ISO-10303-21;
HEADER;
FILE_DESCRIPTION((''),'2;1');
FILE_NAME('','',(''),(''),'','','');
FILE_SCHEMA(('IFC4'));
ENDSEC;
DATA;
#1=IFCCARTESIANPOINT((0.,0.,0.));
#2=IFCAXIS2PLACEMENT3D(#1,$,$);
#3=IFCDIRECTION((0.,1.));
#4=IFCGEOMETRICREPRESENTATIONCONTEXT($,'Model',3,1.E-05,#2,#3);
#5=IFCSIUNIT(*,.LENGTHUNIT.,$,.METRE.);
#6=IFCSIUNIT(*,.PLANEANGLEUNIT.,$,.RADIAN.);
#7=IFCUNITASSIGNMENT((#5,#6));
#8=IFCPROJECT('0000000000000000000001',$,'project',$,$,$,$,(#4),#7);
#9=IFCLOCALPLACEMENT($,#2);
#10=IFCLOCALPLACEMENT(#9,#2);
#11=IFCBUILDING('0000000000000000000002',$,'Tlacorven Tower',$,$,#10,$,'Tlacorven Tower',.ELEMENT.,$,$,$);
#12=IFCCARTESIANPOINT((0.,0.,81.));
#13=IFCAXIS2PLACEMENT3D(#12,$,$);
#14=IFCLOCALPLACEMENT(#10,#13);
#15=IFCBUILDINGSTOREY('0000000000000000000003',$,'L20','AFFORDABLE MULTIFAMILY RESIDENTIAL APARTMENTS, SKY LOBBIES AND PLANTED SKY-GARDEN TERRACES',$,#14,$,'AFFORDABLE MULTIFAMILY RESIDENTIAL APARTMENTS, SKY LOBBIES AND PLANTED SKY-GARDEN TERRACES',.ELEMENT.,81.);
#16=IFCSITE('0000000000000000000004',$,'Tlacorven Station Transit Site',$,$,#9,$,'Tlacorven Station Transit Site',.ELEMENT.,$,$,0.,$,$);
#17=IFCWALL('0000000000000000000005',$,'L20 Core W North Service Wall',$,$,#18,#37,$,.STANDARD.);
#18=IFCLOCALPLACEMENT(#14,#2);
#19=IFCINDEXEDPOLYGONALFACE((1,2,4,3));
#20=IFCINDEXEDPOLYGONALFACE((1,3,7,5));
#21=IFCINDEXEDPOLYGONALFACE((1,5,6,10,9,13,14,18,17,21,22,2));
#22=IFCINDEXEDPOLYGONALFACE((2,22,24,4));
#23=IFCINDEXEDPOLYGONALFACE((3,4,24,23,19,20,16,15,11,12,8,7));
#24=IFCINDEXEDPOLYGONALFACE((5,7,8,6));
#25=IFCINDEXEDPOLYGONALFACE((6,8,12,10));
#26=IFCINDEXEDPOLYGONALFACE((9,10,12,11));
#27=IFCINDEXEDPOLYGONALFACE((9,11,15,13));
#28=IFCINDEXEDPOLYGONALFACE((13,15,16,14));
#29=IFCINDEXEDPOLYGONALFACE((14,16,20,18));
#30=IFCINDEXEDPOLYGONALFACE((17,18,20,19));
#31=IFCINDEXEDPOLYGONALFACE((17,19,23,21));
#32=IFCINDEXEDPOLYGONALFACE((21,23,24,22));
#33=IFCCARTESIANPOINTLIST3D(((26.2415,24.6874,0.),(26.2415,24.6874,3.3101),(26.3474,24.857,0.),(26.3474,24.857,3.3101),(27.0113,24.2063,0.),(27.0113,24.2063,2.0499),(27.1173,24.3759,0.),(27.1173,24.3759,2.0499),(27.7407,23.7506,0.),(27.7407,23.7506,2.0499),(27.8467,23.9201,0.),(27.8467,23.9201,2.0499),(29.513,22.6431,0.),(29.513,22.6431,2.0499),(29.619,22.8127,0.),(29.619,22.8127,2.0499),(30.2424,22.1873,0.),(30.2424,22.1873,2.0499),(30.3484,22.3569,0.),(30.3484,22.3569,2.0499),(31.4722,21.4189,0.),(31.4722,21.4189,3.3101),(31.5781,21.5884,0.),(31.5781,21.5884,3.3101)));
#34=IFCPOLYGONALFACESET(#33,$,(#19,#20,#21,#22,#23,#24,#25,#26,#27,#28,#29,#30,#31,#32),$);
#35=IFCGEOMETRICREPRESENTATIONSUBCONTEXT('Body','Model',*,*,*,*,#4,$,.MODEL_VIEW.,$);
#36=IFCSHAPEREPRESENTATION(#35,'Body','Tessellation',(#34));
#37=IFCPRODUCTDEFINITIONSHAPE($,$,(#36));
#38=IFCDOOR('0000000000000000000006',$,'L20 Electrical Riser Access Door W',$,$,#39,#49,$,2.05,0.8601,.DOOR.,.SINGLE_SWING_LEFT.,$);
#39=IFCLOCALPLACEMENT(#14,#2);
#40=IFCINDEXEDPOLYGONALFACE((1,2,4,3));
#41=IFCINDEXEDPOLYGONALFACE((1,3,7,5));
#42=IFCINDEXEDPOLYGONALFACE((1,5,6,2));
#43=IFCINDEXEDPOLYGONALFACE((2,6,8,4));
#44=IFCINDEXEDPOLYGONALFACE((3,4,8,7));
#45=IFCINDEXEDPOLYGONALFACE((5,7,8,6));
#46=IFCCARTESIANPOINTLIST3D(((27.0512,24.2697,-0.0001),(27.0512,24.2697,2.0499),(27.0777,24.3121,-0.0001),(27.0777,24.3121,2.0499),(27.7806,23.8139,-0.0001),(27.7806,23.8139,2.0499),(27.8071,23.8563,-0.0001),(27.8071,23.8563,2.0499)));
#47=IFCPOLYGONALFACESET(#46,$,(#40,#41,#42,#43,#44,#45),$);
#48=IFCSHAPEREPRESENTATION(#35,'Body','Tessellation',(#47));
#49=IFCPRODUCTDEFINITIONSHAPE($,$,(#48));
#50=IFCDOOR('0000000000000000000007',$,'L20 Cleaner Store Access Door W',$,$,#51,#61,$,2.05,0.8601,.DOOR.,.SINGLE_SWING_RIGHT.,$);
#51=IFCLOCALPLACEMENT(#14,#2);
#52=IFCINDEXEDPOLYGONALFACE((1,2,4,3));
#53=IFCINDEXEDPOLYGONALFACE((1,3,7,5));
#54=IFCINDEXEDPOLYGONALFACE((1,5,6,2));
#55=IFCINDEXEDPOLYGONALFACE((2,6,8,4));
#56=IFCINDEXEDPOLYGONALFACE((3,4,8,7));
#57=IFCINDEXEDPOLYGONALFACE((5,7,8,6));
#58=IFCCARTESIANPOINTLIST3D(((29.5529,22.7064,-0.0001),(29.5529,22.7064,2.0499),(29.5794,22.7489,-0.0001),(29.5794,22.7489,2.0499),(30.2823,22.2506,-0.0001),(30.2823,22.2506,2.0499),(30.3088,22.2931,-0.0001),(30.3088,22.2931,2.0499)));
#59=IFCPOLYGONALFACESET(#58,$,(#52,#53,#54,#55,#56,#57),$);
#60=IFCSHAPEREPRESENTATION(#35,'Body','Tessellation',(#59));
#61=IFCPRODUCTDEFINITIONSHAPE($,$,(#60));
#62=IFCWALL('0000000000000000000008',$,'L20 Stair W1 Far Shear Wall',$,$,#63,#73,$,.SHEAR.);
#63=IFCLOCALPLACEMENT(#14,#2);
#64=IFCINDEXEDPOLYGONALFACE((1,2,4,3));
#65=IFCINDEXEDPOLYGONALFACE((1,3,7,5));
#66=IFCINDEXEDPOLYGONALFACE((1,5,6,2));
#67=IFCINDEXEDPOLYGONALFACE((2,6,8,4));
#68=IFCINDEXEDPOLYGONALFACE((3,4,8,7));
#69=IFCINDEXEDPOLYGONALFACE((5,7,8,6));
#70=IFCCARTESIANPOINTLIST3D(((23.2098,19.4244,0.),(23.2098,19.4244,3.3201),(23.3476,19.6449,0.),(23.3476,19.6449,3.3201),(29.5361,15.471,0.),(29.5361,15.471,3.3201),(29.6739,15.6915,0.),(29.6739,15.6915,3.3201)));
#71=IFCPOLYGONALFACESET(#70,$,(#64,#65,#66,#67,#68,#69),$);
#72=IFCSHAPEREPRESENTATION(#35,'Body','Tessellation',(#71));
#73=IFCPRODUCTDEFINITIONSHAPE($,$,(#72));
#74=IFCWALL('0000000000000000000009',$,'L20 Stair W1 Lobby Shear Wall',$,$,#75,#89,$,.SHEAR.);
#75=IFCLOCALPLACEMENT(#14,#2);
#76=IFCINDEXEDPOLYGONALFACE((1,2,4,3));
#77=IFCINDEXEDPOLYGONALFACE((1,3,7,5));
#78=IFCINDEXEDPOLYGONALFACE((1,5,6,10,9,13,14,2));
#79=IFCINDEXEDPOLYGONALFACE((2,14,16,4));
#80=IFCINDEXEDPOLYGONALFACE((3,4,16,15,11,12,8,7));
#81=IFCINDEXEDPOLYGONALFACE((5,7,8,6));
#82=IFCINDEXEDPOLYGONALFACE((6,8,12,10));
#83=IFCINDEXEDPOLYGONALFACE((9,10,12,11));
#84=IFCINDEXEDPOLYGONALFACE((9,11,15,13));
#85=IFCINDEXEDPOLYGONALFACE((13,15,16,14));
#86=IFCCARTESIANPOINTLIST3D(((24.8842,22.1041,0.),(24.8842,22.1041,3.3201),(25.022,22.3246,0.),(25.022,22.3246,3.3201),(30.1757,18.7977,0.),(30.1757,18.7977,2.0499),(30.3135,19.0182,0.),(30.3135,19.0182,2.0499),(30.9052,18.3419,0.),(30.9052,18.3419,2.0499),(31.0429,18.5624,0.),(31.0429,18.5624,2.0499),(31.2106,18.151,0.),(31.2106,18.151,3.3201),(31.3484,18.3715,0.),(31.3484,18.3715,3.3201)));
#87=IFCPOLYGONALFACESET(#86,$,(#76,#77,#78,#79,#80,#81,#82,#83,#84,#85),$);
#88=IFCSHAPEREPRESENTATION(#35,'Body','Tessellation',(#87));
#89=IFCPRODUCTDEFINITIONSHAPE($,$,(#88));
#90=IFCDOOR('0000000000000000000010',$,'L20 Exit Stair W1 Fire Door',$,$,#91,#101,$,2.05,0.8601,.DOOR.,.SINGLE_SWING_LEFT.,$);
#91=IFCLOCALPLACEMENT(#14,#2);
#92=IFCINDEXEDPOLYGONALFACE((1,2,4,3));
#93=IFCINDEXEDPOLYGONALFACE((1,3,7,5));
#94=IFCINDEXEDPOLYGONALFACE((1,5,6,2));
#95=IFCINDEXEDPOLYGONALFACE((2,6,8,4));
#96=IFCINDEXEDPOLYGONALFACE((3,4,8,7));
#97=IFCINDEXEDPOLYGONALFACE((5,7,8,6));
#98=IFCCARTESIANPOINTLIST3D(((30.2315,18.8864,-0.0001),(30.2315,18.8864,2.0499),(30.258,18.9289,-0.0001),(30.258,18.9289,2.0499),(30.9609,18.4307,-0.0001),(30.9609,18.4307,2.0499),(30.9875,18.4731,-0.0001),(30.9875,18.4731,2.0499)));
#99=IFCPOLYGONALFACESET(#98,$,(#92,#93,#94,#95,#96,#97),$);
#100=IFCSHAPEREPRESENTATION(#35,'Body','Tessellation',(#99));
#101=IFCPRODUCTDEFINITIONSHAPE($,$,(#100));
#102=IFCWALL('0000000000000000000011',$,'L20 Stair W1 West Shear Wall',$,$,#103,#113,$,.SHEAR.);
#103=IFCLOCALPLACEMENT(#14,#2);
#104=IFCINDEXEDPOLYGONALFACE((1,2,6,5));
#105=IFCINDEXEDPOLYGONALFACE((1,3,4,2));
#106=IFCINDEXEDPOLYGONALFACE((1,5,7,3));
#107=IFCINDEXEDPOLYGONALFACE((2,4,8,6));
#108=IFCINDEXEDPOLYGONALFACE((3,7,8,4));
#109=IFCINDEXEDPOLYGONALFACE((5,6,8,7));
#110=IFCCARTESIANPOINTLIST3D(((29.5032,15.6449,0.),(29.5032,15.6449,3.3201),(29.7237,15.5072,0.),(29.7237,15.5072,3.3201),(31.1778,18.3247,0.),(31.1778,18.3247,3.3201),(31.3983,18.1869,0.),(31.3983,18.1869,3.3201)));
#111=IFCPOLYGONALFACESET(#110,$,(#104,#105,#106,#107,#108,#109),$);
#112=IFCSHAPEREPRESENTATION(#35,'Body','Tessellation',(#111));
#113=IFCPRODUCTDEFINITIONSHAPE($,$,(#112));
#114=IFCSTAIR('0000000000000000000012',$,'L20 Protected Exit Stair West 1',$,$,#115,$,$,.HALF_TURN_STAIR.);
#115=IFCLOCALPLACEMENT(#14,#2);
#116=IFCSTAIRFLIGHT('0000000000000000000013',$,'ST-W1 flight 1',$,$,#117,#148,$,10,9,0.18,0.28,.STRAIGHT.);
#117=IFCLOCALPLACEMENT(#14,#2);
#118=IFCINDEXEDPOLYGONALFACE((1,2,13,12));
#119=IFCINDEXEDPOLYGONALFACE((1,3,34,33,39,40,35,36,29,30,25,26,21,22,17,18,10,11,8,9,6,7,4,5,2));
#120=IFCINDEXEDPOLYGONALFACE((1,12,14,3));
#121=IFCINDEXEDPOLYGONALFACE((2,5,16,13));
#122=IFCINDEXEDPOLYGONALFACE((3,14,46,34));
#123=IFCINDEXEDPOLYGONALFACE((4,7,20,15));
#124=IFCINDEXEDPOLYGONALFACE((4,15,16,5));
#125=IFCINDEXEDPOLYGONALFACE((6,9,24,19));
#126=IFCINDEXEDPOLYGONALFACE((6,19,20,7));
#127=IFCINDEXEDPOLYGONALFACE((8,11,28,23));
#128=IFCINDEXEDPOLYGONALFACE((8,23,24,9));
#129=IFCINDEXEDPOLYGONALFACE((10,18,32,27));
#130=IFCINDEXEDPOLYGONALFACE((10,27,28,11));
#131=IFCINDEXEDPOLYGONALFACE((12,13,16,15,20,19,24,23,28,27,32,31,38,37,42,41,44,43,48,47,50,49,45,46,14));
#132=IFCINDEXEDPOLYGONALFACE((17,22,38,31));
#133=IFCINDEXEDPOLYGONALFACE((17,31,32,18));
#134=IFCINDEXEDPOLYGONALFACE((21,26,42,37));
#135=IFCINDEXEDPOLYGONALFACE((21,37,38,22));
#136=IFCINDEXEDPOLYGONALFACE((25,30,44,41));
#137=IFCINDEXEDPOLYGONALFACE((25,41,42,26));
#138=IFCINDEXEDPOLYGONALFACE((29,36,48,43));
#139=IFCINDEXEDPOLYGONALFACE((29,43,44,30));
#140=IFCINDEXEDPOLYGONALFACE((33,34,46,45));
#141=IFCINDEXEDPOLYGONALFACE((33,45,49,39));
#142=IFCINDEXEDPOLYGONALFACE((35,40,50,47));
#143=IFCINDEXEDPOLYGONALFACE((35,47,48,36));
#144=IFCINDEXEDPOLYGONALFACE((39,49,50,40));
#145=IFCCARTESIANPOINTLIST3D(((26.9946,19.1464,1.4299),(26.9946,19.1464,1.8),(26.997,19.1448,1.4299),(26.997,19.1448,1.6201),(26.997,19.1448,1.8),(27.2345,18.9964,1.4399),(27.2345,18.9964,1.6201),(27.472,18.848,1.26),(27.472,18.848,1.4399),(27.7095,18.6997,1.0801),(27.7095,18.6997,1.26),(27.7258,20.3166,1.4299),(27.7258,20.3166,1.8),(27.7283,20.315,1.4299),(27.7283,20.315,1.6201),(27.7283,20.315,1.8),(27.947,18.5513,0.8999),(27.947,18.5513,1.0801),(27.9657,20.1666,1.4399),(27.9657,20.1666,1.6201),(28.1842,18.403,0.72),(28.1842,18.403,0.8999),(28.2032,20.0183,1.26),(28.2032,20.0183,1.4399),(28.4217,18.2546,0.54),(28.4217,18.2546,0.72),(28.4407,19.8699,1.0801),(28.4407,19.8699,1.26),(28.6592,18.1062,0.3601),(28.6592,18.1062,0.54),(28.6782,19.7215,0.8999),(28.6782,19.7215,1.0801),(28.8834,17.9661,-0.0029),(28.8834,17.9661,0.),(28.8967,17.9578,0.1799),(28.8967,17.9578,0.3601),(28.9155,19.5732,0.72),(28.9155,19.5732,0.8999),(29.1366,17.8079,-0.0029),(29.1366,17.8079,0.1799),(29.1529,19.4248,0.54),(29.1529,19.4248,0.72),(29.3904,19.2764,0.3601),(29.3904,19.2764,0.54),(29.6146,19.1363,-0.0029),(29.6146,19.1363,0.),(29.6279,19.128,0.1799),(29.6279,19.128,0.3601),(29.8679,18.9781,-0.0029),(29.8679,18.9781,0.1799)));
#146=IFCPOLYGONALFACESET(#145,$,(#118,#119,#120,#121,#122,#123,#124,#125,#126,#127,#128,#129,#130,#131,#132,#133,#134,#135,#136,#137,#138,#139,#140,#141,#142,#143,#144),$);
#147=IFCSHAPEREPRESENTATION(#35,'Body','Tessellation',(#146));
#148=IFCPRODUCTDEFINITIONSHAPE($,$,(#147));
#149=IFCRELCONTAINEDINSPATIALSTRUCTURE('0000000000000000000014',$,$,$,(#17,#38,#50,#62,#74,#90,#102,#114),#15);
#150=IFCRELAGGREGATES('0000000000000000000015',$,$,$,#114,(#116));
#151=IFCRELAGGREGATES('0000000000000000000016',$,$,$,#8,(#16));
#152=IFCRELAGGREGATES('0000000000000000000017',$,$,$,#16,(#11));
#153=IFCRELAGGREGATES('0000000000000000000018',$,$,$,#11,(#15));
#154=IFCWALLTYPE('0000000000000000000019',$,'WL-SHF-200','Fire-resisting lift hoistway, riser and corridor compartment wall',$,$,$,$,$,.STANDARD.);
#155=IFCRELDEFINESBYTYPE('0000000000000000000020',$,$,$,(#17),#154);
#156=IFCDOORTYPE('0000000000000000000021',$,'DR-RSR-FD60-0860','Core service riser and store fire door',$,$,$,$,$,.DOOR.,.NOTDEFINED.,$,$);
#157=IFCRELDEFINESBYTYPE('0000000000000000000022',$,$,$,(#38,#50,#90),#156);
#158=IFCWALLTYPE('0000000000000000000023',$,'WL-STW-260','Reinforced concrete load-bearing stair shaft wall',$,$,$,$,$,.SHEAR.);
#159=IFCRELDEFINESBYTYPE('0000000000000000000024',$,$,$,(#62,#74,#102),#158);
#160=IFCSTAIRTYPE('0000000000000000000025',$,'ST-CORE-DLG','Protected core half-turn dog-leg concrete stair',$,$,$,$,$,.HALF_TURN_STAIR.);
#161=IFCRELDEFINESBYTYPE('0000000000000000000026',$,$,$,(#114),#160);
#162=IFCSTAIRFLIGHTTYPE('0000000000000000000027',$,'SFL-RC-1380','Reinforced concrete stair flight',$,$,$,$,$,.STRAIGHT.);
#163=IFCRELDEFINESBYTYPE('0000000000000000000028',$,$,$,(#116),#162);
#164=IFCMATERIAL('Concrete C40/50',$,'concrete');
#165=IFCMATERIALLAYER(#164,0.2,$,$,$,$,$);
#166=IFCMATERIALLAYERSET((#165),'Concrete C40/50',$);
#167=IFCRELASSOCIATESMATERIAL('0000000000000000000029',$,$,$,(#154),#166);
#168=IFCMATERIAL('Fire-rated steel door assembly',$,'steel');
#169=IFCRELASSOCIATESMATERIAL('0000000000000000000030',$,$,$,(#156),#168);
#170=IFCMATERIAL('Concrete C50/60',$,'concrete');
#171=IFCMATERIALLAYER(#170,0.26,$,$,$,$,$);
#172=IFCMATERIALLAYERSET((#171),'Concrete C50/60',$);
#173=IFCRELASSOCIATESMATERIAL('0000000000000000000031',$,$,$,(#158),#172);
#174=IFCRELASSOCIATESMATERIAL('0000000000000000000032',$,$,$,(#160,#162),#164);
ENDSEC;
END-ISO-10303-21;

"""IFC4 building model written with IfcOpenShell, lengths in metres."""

from ifc_helpers import new_model, si_unit, direction, frame, frame_2d, origin, place, context, subcontext, project, spatial, polyline, rectangle, outline, extrude, source, transform, mapped, material, layer, layer_set, type_object, element, fill, aggregate, save


model = new_model("IFC4")

# Units and contexts
model_context = context("Model", 3, precision=1e-05, world=origin(), true_north=direction((0.0, 1.0)))
body_context = subcontext(model_context, "Body", "Model", "MODEL_VIEW")
ifc_project = project(units=[si_unit("LENGTHUNIT", "METRE"), si_unit("PLANEANGLEUNIT", "RADIAN")], contexts=[model_context])

# Site, building, storey
site_placement = place(None, origin())
site = spatial("IfcSite", under=ifc_project, at=site_placement, Name="Tlacorven Station Transit Site", LongName="Tlacorven Station Transit Site", CompositionType="ELEMENT", RefElevation=0.0)
building_placement = place(site_placement, origin())
building = spatial("IfcBuilding", under=site, at=building_placement, Name="Tlacorven Tower", LongName="Tlacorven Tower", CompositionType="ELEMENT")
storey_placement = place(building_placement, frame((0.0, 0.0, 81.0)))
storey = spatial("IfcBuildingStorey", under=building, at=storey_placement, Name="L20", Description="AFFORDABLE MULTIFAMILY RESIDENTIAL APARTMENTS, SKY LOBBIES AND PLANTED SKY-GARDEN TERRACES", LongName="AFFORDABLE MULTIFAMILY RESIDENTIAL APARTMENTS, SKY LOBBIES AND PLANTED SKY-GARDEN TERRACES", CompositionType="ELEMENT", Elevation=81.0)

# Shared definitions
ifc_material_1 = material(Name="Concrete C40/50", Category="concrete")
ifc_layer_1 = layer(ifc_material_1, 0.2)
ifc_layer_set_1 = layer_set([ifc_layer_1], Name="Concrete C40/50")
wall_type_1 = type_object("IfcWallType", Name="WL-SHF-200", Description="Fire-resisting lift hoistway, riser and corridor compartment wall", PredefinedType="STANDARD", material=ifc_layer_set_1)

# Wall, openings, doors
wall_1_placement = place(storey_placement, frame((31.5251, 21.5037, 0.0), z_axis=(0.0, 0.0, 1.0), x_axis=(-0.848045, 0.529924, 0.0)))
wall_1 = element("IfcWall", 1, at=wall_1_placement, inside=storey, type_object=wall_type_1, Name="L20 Core W North Service Wall", PredefinedType="STANDARD", context=body_context, shape_type="SweptSolid", body=[
    extrude(rectangle(XDim=6.168, YDim=0.2, at=frame_2d((3.084, 0.0))), origin(), (0.0, 0.0, 1.0), 3.3101),
])
opening_1_placement = place(wall_1_placement, frame((4.3999, 0.0, 0.0)))
opening_1 = element("IfcOpeningElement", 2, at=opening_1_placement, cuts=wall_1, PredefinedType="OPENING", context=body_context, shape_type="SweptSolid", body=[
    extrude(rectangle(XDim=0.8601, YDim=2.05, at=frame_2d((0.4302, 1.0249))), frame((0.0, 0.1099, 0.0), z_axis=(0.0, -1.0, 0.0), x_axis=(1.0, 0.0, 0.0)), (0.0, 0.0, 1.0), 0.22),
])
opening_2_placement = place(wall_1_placement, frame((1.45, 0.0, 0.0)))
opening_2 = element("IfcOpeningElement", 3, at=opening_2_placement, cuts=wall_1, PredefinedType="OPENING", context=body_context, shape_type="SweptSolid", body=[
    extrude(rectangle(XDim=0.8601, YDim=2.05, at=frame_2d((0.4302, 1.0249))), frame((0.0, 0.1099, 0.0), z_axis=(0.0, -1.0, 0.0), x_axis=(1.0, 0.0, 0.0)), (0.0, 0.0, 1.0), 0.22),
])
ifc_material_2 = material(Name="Fire-rated steel door assembly", Category="steel")
door_type_1 = type_object("IfcDoorType", Name="DR-RSR-FD60-0860", Description="Core service riser and store fire door", OperationType="NOTDEFINED", PredefinedType="DOOR", material=ifc_material_2)
shared_shape_1 = source(origin(), body_context, "Body", "SweptSolid", [
    extrude(rectangle(XDim=0.8601, YDim=2.05, at=frame_2d((0.4302, 1.0249))), frame((0.0, 0.0249, 0.0), z_axis=(0.0, -1.0, 0.0), x_axis=(1.0, 0.0, 0.0)), (0.0, 0.0, 1.0), 0.05),
])
door_1_placement = place(opening_1_placement, frame((0.8601, 0.0, 0.0), z_axis=(0.0, 0.0, 1.0), x_axis=(-1.0, 0.0, 0.0)))
door_1 = element("IfcDoor", 4, at=door_1_placement, inside=storey, type_object=door_type_1, Name="L20 Electrical Riser Access Door W", OperationType="SINGLE_SWING_LEFT", OverallHeight=2.05, OverallWidth=0.8601, PredefinedType="DOOR", context=body_context, shape_type="MappedRepresentation", body=[
    mapped(shared_shape_1, transform((0.0, 0.0, 0.0), scale=1.0)),
])
fill(opening_1, door_1)
door_2_placement = place(opening_2_placement, frame((0.8601, 0.0, 0.0), z_axis=(0.0, 0.0, 1.0), x_axis=(-1.0, 0.0, 0.0)))
door_2 = element("IfcDoor", 5, at=door_2_placement, inside=storey, type_object=door_type_1, Name="L20 Cleaner Store Access Door W", OperationType="SINGLE_SWING_RIGHT", OverallHeight=2.05, OverallWidth=0.8601, PredefinedType="DOOR", context=body_context, shape_type="MappedRepresentation", body=[
    mapped(shared_shape_1, transform((0.0, 0.0, 0.0), scale=1.0)),
])
fill(opening_2, door_2)

# Wall
ifc_material_3 = material(Name="Concrete C50/60", Category="concrete")
ifc_layer_2 = layer(ifc_material_3, 0.26)
ifc_layer_set_2 = layer_set([ifc_layer_2], Name="Concrete C50/60")
wall_type_2 = type_object("IfcWallType", Name="WL-STW-260", Description="Reinforced concrete load-bearing stair shaft wall", PredefinedType="SHEAR", material=ifc_layer_set_2)
wall_2_placement = place(storey_placement, frame((29.605, 15.5813, 0.0), z_axis=(0.0, 0.0, 1.0), x_axis=(-0.848037, 0.529937, 0.0)))
element("IfcWall", 6, at=wall_2_placement, inside=storey, type_object=wall_type_2, Name="L20 Stair W1 Far Shear Wall", PredefinedType="SHEAR", context=body_context, shape_type="SweptSolid", body=[
    extrude(rectangle(XDim=7.46, YDim=0.26, at=frame_2d((3.73, 0.0))), origin(), (0.0, 0.0, 1.0), 3.3201),
])

# Wall, opening, door
wall_3_placement = place(storey_placement, frame((31.2795, 18.2612, 0.0), z_axis=(0.0, 0.0, 1.0), x_axis=(-0.848052, 0.529914, 0.0)))
wall_3 = element("IfcWall", 7, at=wall_3_placement, inside=storey, type_object=wall_type_2, Name="L20 Stair W1 Lobby Shear Wall", PredefinedType="SHEAR", context=body_context, shape_type="SweptSolid", body=[
    extrude(rectangle(XDim=7.46, YDim=0.26, at=frame_2d((3.73, 0.0))), origin(), (0.0, 0.0, 1.0), 3.3201),
])
opening_3_placement = place(wall_3_placement, frame((0.3601, 0.0, 0.0)))
opening_3 = element("IfcOpeningElement", 8, at=opening_3_placement, cuts=wall_3, PredefinedType="OPENING", context=body_context, shape_type="SweptSolid", body=[
    extrude(rectangle(XDim=0.8601, YDim=2.05, at=frame_2d((0.4302, 1.0249))), frame((0.0, 0.1401, 0.0), z_axis=(0.0, -1.0, 0.0), x_axis=(1.0, 0.0, 0.0)), (0.0, 0.0, 1.0), 0.28),
])
door_3_placement = place(opening_3_placement, frame((0.8601, 0.0, 0.0), z_axis=(0.0, 0.0, 1.0), x_axis=(-1.0, 0.0, 0.0)))
door_3 = element("IfcDoor", 9, at=door_3_placement, inside=storey, type_object=door_type_1, Name="L20 Exit Stair W1 Fire Door", OperationType="SINGLE_SWING_LEFT", OverallHeight=2.05, OverallWidth=0.8601, PredefinedType="DOOR", context=body_context, shape_type="MappedRepresentation", body=[
    mapped(shared_shape_1, transform((0.0, 0.0, 0.0), scale=1.0)),
])
fill(opening_3, door_3)

# Wall
wall_4_placement = place(storey_placement, frame((31.2881, 18.2559, 0.0), z_axis=(0.0, 0.0, 1.0), x_axis=(-0.529943, -0.848033, 0.0)))
element("IfcWall", 10, at=wall_4_placement, inside=storey, type_object=wall_type_2, Name="L20 Stair W1 West Shear Wall", PredefinedType="SHEAR", context=body_context, shape_type="SweptSolid", body=[
    extrude(rectangle(XDim=3.1599, YDim=0.26, at=frame_2d((1.5801, 0.0))), origin(), (0.0, 0.0, 1.0), 3.3201),
])

# Stair, stair flight
stair_type = type_object("IfcStairType", Name="ST-CORE-DLG", Description="Protected core half-turn dog-leg concrete stair", PredefinedType="HALF_TURN_STAIR", material=ifc_material_1)
stair_placement = place(storey_placement, origin())
stair = element("IfcStair", 11, at=stair_placement, inside=storey, type_object=stair_type, Name="L20 Protected Exit Stair West 1", PredefinedType="HALF_TURN_STAIR")
stair_flight_type = type_object("IfcStairFlightType", Name="SFL-RC-1380", Description="Reinforced concrete stair flight", PredefinedType="STRAIGHT", material=ifc_material_1)
shared_shape_2 = source(origin(), body_context, "Body", "SweptSolid", [
    extrude(outline(polyline([(-0.0029, -0.0029), (-0.0029, 0.1799), (0.28, 0.1799), (0.28, 0.3601), (0.5601, 0.3601), (0.5601, 0.54), (0.8401, 0.54), (0.8401, 0.72), (1.1201, 0.72), (1.1201, 0.8999), (1.3999, 0.8999), (1.3999, 1.0801), (1.6799, 1.0801), (1.6799, 1.26), (1.96, 1.26), (1.96, 1.4399), (2.24, 1.4399), (2.24, 1.6201), (2.52, 1.6201), (2.52, 1.8), (2.5229, 1.8), (2.5229, 1.4299), (2.52, 1.4299), (0.2957, 0.0), (0.2957, -0.0029), (-0.0029, -0.0029)])), frame((0.0, 0.6899, 0.0), z_axis=(0.0, -1.0, 0.0), x_axis=(1.0, 0.0, 0.0)), (0.0, 0.0, 1.0), 1.3799),
])
stair_flight_1_placement = place(storey_placement, frame((29.4998, 18.3945, 0.0), z_axis=(0.0, 0.0, 1.0), x_axis=(-0.848048, 0.529919, 0.0)))
stair_flight_1 = element("IfcStairFlight", 12, at=stair_flight_1_placement, type_object=stair_flight_type, Name="ST-W1 flight 1", NumberOfRisers=10, NumberOfTreads=9, PredefinedType="STRAIGHT", RiserHeight=0.18, TreadLength=0.28, context=body_context, shape_type="MappedRepresentation", body=[
    mapped(shared_shape_2, transform((0.0, 0.0, 0.0), scale=1.0)),
])
aggregate(stair, [stair_flight_1])

save(model, "model.ifc")
